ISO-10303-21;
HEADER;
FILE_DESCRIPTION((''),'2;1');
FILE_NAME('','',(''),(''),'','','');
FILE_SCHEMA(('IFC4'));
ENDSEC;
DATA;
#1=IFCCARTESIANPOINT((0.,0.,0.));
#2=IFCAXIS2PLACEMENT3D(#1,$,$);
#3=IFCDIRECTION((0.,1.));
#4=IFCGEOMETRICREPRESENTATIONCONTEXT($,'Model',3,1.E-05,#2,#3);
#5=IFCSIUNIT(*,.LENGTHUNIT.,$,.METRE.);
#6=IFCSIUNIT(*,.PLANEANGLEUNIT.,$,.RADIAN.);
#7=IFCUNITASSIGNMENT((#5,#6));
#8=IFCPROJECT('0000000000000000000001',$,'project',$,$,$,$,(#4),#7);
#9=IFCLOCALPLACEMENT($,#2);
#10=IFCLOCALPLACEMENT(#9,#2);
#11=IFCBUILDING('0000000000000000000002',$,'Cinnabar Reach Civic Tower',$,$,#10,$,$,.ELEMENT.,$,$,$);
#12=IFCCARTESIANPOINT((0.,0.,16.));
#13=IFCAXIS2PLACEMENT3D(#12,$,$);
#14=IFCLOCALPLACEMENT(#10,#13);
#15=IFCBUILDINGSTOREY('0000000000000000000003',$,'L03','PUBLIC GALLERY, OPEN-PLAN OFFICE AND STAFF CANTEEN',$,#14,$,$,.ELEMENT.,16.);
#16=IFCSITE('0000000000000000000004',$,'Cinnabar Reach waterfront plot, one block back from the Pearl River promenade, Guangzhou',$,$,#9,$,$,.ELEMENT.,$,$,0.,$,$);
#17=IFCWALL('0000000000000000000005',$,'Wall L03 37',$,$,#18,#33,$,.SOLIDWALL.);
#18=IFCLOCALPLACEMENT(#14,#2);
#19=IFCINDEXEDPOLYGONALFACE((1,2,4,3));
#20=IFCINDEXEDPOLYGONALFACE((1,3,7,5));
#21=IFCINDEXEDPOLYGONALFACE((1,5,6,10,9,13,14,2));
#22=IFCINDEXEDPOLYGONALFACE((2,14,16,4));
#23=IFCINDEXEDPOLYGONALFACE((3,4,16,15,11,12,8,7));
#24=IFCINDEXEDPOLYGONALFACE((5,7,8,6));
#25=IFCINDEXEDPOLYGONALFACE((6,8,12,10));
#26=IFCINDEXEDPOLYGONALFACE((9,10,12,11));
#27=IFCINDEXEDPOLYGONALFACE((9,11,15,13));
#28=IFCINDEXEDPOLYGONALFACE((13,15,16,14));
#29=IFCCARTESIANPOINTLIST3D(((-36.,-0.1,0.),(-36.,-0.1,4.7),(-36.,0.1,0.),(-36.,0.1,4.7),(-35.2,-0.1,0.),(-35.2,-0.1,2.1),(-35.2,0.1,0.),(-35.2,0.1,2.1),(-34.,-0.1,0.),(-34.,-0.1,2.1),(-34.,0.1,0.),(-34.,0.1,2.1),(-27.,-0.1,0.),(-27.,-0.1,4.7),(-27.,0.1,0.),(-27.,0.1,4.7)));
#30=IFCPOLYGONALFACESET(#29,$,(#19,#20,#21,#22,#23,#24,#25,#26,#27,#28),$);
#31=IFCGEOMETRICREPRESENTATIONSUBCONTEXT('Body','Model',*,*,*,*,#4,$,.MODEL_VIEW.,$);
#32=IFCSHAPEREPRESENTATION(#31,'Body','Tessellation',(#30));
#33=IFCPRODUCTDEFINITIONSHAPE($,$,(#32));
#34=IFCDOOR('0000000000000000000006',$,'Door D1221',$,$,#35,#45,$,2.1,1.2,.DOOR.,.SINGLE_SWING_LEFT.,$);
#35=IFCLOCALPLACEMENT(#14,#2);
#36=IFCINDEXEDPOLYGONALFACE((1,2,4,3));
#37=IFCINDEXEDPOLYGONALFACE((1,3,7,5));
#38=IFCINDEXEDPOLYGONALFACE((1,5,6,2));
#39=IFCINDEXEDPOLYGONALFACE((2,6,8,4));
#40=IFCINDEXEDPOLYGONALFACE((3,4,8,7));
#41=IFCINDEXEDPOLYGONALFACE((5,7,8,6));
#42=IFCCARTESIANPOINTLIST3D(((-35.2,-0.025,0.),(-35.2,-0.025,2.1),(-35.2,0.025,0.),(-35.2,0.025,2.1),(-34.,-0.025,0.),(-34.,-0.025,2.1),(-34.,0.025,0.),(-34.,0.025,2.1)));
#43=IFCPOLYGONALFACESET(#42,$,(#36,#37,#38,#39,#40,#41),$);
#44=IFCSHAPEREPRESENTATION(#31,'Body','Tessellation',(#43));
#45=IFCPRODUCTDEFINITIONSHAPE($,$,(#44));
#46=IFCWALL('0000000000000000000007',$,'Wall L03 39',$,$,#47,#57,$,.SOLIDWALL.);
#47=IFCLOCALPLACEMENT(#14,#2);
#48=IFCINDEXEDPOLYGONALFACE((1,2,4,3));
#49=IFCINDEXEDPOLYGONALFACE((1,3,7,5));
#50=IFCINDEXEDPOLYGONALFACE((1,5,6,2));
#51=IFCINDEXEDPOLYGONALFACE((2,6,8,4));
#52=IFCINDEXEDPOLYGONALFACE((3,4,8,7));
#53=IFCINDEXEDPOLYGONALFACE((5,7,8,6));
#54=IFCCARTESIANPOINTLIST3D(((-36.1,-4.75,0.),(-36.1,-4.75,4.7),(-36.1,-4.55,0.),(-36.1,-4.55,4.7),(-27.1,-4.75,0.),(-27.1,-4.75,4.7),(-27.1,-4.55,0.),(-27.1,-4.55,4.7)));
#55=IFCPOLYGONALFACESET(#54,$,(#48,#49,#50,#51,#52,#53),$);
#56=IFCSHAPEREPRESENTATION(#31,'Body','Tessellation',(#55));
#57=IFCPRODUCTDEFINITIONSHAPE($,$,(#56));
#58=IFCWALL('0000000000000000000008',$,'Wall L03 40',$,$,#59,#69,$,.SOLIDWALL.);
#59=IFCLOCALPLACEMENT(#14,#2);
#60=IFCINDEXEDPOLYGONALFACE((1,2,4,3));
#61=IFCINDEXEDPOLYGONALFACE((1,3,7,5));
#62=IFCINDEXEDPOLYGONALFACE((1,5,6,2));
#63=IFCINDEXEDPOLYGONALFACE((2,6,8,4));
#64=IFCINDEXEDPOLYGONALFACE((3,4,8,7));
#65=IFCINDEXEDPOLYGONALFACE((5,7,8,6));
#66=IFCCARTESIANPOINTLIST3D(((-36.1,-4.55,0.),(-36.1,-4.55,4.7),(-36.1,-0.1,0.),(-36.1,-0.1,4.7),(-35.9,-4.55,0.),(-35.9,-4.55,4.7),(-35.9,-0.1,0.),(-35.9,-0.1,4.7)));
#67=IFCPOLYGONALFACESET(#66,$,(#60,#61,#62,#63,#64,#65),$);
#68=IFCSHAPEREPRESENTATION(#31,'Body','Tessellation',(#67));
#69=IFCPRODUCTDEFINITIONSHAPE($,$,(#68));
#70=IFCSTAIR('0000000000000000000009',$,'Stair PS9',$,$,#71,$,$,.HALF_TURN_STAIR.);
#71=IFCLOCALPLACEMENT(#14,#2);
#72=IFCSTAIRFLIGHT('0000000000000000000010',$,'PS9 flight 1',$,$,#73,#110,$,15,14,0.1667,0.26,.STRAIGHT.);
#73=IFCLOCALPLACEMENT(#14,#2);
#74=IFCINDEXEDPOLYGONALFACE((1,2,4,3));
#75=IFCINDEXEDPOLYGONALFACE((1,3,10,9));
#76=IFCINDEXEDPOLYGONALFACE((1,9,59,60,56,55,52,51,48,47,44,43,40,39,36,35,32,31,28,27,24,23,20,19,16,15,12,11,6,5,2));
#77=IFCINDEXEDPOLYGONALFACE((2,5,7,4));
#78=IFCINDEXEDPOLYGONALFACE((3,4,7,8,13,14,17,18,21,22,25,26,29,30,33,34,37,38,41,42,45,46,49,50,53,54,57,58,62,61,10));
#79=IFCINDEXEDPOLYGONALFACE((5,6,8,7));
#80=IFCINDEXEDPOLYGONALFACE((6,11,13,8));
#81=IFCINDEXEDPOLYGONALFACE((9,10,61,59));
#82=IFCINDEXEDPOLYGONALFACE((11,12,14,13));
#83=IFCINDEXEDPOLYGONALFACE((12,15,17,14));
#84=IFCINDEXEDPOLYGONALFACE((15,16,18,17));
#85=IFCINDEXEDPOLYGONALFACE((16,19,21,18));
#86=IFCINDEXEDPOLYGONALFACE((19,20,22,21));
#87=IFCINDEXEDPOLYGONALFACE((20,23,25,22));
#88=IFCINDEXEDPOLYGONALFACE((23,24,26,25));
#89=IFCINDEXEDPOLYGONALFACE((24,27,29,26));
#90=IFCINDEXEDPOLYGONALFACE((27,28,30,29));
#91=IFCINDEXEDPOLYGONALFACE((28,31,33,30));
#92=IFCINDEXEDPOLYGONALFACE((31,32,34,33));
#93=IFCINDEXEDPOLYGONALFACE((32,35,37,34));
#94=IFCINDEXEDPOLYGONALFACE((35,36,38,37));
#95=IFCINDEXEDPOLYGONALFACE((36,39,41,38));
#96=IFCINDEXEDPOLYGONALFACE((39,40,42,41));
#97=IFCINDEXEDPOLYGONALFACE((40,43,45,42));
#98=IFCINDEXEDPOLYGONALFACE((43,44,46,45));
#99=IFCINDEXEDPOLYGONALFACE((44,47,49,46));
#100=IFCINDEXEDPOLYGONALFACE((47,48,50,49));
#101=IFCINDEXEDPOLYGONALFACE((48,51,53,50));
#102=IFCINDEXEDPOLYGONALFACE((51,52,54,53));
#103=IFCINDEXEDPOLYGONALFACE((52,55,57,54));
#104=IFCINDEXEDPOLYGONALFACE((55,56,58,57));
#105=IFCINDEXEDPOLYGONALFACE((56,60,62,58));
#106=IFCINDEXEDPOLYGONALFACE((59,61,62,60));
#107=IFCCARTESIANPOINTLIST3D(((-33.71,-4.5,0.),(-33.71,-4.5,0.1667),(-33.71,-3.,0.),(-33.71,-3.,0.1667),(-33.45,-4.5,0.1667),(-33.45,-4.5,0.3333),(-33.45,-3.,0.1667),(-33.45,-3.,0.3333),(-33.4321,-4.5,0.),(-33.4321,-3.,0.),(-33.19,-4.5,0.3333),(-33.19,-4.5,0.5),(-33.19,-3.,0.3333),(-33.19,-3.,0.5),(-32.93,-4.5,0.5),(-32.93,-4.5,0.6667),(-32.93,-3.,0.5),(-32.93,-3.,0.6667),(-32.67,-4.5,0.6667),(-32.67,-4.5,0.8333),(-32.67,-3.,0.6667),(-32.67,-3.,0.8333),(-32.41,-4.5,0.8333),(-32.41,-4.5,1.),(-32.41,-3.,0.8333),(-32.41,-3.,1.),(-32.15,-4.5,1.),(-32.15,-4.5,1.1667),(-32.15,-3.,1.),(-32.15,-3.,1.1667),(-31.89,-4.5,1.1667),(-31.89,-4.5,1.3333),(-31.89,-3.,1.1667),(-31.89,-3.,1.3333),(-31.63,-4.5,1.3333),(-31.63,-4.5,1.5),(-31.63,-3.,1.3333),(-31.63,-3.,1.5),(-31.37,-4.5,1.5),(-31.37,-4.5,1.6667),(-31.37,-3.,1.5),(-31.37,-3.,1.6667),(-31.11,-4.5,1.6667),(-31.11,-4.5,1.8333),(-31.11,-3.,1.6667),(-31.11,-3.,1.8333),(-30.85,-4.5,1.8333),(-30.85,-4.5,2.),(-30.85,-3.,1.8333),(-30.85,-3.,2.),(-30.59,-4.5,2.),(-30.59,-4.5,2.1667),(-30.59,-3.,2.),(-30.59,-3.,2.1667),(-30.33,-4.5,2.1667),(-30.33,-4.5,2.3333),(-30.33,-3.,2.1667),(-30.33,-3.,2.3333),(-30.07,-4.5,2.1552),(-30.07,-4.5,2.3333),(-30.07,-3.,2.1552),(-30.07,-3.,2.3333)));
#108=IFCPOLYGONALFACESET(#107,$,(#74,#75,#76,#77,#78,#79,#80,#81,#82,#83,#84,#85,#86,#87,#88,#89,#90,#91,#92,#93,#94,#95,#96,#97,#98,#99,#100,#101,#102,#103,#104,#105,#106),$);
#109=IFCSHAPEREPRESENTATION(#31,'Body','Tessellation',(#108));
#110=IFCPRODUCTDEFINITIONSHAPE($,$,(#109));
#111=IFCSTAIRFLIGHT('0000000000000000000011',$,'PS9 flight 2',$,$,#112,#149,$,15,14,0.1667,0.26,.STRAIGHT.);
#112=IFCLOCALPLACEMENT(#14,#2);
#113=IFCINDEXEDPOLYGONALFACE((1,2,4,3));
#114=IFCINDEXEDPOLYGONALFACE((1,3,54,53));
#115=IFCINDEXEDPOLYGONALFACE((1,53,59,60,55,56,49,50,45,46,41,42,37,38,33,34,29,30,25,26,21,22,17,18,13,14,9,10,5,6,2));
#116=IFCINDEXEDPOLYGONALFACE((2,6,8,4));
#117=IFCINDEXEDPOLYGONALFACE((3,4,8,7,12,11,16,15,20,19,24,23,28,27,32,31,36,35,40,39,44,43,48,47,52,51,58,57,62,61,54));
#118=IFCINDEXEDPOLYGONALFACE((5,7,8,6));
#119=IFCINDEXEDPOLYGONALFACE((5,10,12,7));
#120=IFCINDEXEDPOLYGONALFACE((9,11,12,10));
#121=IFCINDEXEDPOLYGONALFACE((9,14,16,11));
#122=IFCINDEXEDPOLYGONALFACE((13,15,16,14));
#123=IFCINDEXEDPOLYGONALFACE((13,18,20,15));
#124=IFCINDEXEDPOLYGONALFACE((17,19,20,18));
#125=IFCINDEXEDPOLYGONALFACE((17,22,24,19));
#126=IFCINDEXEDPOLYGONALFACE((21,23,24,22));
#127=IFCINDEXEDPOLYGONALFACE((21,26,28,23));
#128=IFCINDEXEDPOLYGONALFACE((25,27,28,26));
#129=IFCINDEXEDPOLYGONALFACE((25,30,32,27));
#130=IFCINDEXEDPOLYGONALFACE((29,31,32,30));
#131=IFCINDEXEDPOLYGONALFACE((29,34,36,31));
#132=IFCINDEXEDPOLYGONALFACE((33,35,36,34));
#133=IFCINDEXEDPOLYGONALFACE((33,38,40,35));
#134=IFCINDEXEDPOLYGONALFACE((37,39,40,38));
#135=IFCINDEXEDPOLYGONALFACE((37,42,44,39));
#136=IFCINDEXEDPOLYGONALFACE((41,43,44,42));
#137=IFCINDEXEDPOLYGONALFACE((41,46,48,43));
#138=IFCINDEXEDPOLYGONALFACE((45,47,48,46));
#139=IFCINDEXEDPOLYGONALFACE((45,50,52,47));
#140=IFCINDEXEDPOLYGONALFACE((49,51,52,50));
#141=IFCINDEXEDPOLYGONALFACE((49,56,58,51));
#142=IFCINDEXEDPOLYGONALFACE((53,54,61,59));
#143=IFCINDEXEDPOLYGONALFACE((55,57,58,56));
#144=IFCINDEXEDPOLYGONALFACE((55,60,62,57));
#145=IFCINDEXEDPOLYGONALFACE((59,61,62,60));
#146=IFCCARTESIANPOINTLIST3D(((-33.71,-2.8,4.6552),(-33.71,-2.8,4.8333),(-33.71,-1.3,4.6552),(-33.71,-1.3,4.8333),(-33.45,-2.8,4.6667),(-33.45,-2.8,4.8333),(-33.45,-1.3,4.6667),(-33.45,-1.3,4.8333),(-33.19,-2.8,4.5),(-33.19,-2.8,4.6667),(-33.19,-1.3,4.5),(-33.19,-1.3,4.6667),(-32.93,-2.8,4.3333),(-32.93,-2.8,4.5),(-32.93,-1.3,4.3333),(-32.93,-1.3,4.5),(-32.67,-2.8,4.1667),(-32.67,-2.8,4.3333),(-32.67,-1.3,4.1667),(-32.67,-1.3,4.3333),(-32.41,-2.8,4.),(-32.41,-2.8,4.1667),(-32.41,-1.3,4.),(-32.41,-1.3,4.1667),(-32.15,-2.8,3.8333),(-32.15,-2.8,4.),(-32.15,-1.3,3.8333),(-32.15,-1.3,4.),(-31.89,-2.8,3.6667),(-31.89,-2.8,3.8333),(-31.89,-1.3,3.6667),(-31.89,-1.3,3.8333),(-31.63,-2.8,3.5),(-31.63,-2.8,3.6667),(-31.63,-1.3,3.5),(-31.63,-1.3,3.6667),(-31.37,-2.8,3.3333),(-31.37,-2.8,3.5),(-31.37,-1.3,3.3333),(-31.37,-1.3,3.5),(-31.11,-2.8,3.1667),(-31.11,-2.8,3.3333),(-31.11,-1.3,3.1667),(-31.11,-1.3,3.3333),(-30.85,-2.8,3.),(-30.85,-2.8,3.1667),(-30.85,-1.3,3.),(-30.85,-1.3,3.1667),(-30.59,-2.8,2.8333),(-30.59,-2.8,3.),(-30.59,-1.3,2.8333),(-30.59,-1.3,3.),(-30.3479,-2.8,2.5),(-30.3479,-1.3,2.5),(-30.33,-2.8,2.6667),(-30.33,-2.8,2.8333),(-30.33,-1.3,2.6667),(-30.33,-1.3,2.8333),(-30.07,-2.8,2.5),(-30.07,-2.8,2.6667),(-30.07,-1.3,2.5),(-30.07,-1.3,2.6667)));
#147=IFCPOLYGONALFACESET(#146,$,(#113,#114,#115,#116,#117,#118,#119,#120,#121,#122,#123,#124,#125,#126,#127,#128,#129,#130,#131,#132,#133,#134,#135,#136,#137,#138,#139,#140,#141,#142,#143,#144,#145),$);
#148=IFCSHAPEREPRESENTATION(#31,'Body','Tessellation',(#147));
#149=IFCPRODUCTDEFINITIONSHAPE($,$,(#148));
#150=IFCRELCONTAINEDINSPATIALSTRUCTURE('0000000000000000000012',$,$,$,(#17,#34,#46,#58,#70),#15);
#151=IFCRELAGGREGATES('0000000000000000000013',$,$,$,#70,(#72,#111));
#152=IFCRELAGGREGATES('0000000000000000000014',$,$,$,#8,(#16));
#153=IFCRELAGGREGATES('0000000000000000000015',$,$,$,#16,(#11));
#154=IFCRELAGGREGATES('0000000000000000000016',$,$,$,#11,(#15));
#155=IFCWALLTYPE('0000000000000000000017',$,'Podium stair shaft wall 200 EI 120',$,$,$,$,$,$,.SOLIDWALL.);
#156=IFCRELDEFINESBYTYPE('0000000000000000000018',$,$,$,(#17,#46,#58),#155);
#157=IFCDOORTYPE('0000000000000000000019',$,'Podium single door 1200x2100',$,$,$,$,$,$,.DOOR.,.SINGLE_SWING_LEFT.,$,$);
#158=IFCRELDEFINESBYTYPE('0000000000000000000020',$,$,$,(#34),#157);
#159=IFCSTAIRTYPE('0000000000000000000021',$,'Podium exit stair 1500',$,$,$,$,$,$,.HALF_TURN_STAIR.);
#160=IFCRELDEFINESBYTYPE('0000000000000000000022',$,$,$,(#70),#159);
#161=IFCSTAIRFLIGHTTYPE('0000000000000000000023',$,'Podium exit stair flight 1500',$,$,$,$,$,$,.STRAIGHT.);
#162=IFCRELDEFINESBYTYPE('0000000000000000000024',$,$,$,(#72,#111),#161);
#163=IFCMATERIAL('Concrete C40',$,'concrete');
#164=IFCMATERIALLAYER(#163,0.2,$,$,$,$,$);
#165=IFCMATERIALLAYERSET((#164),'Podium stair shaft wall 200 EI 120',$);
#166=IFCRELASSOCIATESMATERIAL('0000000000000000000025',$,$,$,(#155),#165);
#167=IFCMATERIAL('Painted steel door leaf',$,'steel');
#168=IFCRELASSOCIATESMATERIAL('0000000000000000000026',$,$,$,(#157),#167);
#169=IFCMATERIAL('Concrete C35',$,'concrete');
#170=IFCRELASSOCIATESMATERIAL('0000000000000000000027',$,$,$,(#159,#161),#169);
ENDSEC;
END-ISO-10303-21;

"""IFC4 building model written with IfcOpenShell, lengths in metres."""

from ifc_helpers import new_model, si_unit, direction, frame, frame_2d, origin, place, context, subcontext, project, spatial, polyline, rectangle, outline, extrude, material, layer, layer_set, type_object, element, fill, aggregate, save


model = new_model("IFC4")

# Units and contexts
model_context = context("Model", 3, precision=1e-05, world=origin(), true_north=direction((0.0, 1.0)))
body_context = subcontext(model_context, "Body", "Model", "MODEL_VIEW")
ifc_project = project(units=[si_unit("LENGTHUNIT", "METRE"), si_unit("PLANEANGLEUNIT", "RADIAN")], contexts=[model_context])

# Site, building, storey
site_placement = place(None, origin())
site = spatial("IfcSite", under=ifc_project, at=site_placement, Name="Cinnabar Reach waterfront plot, one block back from the Pearl River promenade, Guangzhou", CompositionType="ELEMENT", RefElevation=0.0)
building_placement = place(site_placement, origin())
building = spatial("IfcBuilding", under=site, at=building_placement, Name="Cinnabar Reach Civic Tower", CompositionType="ELEMENT")
storey_placement = place(building_placement, frame((0.0, 0.0, 16.0)))
storey = spatial("IfcBuildingStorey", under=building, at=storey_placement, Name="L03", Description="PUBLIC GALLERY, OPEN-PLAN OFFICE AND STAFF CANTEEN", CompositionType="ELEMENT", Elevation=16.0)

# Shared definitions
ifc_material_1 = material(Name="Painted steel door leaf", Category="steel")

# Wall, opening, door
ifc_material_2 = material(Name="Concrete C40", Category="concrete")
ifc_layer_1 = layer(ifc_material_2, 0.2)
ifc_layer_set_1 = layer_set([ifc_layer_1], Name="Podium stair shaft wall 200 EI 120")
wall_type_1 = type_object("IfcWallType", Name="Podium stair shaft wall 200 EI 120", PredefinedType="SOLIDWALL", material=ifc_layer_set_1)
wall_1_placement = place(storey_placement, frame((-36.0, 0.0, 0.0), z_axis=(0.0, 0.0, 1.0), x_axis=(1.0, 0.0, 0.0)))
wall_1 = element("IfcWall", 1, at=wall_1_placement, inside=storey, type_object=wall_type_1, Name="Wall L03 37", PredefinedType="SOLIDWALL", context=body_context, shape_type="SweptSolid", body=[
    extrude(rectangle(XDim=9.0, YDim=0.2, at=frame_2d((4.5, 0.0))), origin(), (0.0, 0.0, 1.0), 4.7),
])
opening_1_placement = place(wall_1_placement, frame((0.8, 0.0, 0.0)))
opening_1 = element("IfcOpeningElement", 2, at=opening_1_placement, cuts=wall_1, PredefinedType="OPENING", context=body_context, shape_type="SweptSolid", body=[
    extrude(rectangle(XDim=1.2, YDim=2.1, at=frame_2d((0.6, 1.05))), frame((0.0, 0.11, 0.0), z_axis=(0.0, -1.0, 0.0), x_axis=(1.0, 0.0, 0.0)), (0.0, 0.0, 1.0), 0.22),
])
door_type_1 = type_object("IfcDoorType", Name="Podium single door 1200x2100", OperationType="SINGLE_SWING_LEFT", PredefinedType="DOOR", material=ifc_material_1)
door_1_placement = place(opening_1_placement, frame((1.2, 0.0, 0.0), z_axis=(0.0, 0.0, 1.0), x_axis=(-1.0, 0.0, 0.0)))
door_1 = element("IfcDoor", 3, at=door_1_placement, inside=storey, type_object=door_type_1, Name="Door D1221", OperationType="SINGLE_SWING_LEFT", OverallHeight=2.1, OverallWidth=1.2, PredefinedType="DOOR", context=body_context, shape_type="SweptSolid", body=[
    extrude(rectangle(XDim=1.2, YDim=2.1, at=frame_2d((0.6, 1.05))), frame((0.0, 0.025, 0.0), z_axis=(0.0, -1.0, 0.0), x_axis=(1.0, 0.0, 0.0)), (0.0, 0.0, 1.0), 0.05),
])
fill(opening_1, door_1)

# Walls
wall_2_placement = place(storey_placement, frame((-36.1, -4.65, 0.0), z_axis=(0.0, 0.0, 1.0), x_axis=(1.0, 0.0, 0.0)))
element("IfcWall", 4, at=wall_2_placement, inside=storey, type_object=wall_type_1, Name="Wall L03 39", PredefinedType="SOLIDWALL", context=body_context, shape_type="SweptSolid", body=[
    extrude(rectangle(XDim=9.0, YDim=0.2, at=frame_2d((4.5, 0.0))), origin(), (0.0, 0.0, 1.0), 4.7),
])
wall_3_placement = place(storey_placement, frame((-36.0, -4.55, 0.0), z_axis=(0.0, 0.0, 1.0), x_axis=(0.0, 1.0, 0.0)))
element("IfcWall", 5, at=wall_3_placement, inside=storey, type_object=wall_type_1, Name="Wall L03 40", PredefinedType="SOLIDWALL", context=body_context, shape_type="SweptSolid", body=[
    extrude(rectangle(XDim=4.45, YDim=0.2, at=frame_2d((2.225, 0.0))), origin(), (0.0, 0.0, 1.0), 4.7),
])

# Stair, stair flights
ifc_material_3 = material(Name="Concrete C35", Category="concrete")
stair_type = type_object("IfcStairType", Name="Podium exit stair 1500", PredefinedType="HALF_TURN_STAIR", material=ifc_material_3)
stair_placement = place(storey_placement, origin())
stair = element("IfcStair", 6, at=stair_placement, inside=storey, type_object=stair_type, Name="Stair PS9", PredefinedType="HALF_TURN_STAIR")
stair_flight_type = type_object("IfcStairFlightType", Name="Podium exit stair flight 1500", PredefinedType="STRAIGHT", material=ifc_material_3)
stair_flight_1_placement = place(storey_placement, frame((-33.71, -3.75, 0.0), z_axis=(0.0, 0.0, 1.0), x_axis=(1.0, 0.0, 0.0)))
stair_flight_1 = element("IfcStairFlight", 7, at=stair_flight_1_placement, type_object=stair_flight_type, Name="PS9 flight 1", NumberOfRisers=15, NumberOfTreads=14, PredefinedType="STRAIGHT", RiserHeight=0.1667, TreadLength=0.26, context=body_context, shape_type="SweptSolid", body=[
    extrude(outline(polyline([(0.0, 0.0), (0.0, 0.1667), (0.26, 0.1667), (0.26, 0.3333), (0.52, 0.3333), (0.52, 0.5), (0.78, 0.5), (0.78, 0.6667), (1.04, 0.6667), (1.04, 0.8333), (1.3, 0.8333), (1.3, 1.0), (1.56, 1.0), (1.56, 1.1667), (1.82, 1.1667), (1.82, 1.3333), (2.08, 1.3333), (2.08, 1.5), (2.34, 1.5), (2.34, 1.6667), (2.6, 1.6667), (2.6, 1.8333), (2.86, 1.8333), (2.86, 2.0), (3.12, 2.0), (3.12, 2.1667), (3.38, 2.1667), (3.38, 2.3333), (3.64, 2.3333), (3.64, 2.5), (3.64, 2.1552), (0.2779, 0.0), (0.0, 0.0)])), frame((0.0, 0.75, 0.0), z_axis=(0.0, -1.0, 0.0), x_axis=(1.0, 0.0, 0.0)), (0.0, 0.0, 1.0), 1.5),
])
stair_flight_2_placement = place(storey_placement, frame((-30.07, -2.05, 2.5), z_axis=(0.0, 0.0, 1.0), x_axis=(-1.0, 0.0, 0.0)))
stair_flight_2 = element("IfcStairFlight", 8, at=stair_flight_2_placement, type_object=stair_flight_type, Name="PS9 flight 2", NumberOfRisers=15, NumberOfTreads=14, PredefinedType="STRAIGHT", RiserHeight=0.1667, TreadLength=0.26, context=body_context, shape_type="SweptSolid", body=[
    extrude(outline(polyline([(0.0, 0.0), (0.0, 0.1667), (0.26, 0.1667), (0.26, 0.3333), (0.52, 0.3333), (0.52, 0.5), (0.78, 0.5), (0.78, 0.6667), (1.04, 0.6667), (1.04, 0.8333), (1.3, 0.8333), (1.3, 1.0), (1.56, 1.0), (1.56, 1.1667), (1.82, 1.1667), (1.82, 1.3333), (2.08, 1.3333), (2.08, 1.5), (2.34, 1.5), (2.34, 1.6667), (2.6, 1.6667), (2.6, 1.8333), (2.86, 1.8333), (2.86, 2.0), (3.12, 2.0), (3.12, 2.1667), (3.38, 2.1667), (3.38, 2.3333), (3.64, 2.3333), (3.64, 2.5), (3.64, 2.1552), (0.2779, 0.0), (0.0, 0.0)])), frame((0.0, 0.75, 0.0), z_axis=(0.0, -1.0, 0.0), x_axis=(1.0, 0.0, 0.0)), (0.0, 0.0, 1.0), 1.5),
])
aggregate(stair, [stair_flight_1, stair_flight_2])

save(model, "model.ifc")
